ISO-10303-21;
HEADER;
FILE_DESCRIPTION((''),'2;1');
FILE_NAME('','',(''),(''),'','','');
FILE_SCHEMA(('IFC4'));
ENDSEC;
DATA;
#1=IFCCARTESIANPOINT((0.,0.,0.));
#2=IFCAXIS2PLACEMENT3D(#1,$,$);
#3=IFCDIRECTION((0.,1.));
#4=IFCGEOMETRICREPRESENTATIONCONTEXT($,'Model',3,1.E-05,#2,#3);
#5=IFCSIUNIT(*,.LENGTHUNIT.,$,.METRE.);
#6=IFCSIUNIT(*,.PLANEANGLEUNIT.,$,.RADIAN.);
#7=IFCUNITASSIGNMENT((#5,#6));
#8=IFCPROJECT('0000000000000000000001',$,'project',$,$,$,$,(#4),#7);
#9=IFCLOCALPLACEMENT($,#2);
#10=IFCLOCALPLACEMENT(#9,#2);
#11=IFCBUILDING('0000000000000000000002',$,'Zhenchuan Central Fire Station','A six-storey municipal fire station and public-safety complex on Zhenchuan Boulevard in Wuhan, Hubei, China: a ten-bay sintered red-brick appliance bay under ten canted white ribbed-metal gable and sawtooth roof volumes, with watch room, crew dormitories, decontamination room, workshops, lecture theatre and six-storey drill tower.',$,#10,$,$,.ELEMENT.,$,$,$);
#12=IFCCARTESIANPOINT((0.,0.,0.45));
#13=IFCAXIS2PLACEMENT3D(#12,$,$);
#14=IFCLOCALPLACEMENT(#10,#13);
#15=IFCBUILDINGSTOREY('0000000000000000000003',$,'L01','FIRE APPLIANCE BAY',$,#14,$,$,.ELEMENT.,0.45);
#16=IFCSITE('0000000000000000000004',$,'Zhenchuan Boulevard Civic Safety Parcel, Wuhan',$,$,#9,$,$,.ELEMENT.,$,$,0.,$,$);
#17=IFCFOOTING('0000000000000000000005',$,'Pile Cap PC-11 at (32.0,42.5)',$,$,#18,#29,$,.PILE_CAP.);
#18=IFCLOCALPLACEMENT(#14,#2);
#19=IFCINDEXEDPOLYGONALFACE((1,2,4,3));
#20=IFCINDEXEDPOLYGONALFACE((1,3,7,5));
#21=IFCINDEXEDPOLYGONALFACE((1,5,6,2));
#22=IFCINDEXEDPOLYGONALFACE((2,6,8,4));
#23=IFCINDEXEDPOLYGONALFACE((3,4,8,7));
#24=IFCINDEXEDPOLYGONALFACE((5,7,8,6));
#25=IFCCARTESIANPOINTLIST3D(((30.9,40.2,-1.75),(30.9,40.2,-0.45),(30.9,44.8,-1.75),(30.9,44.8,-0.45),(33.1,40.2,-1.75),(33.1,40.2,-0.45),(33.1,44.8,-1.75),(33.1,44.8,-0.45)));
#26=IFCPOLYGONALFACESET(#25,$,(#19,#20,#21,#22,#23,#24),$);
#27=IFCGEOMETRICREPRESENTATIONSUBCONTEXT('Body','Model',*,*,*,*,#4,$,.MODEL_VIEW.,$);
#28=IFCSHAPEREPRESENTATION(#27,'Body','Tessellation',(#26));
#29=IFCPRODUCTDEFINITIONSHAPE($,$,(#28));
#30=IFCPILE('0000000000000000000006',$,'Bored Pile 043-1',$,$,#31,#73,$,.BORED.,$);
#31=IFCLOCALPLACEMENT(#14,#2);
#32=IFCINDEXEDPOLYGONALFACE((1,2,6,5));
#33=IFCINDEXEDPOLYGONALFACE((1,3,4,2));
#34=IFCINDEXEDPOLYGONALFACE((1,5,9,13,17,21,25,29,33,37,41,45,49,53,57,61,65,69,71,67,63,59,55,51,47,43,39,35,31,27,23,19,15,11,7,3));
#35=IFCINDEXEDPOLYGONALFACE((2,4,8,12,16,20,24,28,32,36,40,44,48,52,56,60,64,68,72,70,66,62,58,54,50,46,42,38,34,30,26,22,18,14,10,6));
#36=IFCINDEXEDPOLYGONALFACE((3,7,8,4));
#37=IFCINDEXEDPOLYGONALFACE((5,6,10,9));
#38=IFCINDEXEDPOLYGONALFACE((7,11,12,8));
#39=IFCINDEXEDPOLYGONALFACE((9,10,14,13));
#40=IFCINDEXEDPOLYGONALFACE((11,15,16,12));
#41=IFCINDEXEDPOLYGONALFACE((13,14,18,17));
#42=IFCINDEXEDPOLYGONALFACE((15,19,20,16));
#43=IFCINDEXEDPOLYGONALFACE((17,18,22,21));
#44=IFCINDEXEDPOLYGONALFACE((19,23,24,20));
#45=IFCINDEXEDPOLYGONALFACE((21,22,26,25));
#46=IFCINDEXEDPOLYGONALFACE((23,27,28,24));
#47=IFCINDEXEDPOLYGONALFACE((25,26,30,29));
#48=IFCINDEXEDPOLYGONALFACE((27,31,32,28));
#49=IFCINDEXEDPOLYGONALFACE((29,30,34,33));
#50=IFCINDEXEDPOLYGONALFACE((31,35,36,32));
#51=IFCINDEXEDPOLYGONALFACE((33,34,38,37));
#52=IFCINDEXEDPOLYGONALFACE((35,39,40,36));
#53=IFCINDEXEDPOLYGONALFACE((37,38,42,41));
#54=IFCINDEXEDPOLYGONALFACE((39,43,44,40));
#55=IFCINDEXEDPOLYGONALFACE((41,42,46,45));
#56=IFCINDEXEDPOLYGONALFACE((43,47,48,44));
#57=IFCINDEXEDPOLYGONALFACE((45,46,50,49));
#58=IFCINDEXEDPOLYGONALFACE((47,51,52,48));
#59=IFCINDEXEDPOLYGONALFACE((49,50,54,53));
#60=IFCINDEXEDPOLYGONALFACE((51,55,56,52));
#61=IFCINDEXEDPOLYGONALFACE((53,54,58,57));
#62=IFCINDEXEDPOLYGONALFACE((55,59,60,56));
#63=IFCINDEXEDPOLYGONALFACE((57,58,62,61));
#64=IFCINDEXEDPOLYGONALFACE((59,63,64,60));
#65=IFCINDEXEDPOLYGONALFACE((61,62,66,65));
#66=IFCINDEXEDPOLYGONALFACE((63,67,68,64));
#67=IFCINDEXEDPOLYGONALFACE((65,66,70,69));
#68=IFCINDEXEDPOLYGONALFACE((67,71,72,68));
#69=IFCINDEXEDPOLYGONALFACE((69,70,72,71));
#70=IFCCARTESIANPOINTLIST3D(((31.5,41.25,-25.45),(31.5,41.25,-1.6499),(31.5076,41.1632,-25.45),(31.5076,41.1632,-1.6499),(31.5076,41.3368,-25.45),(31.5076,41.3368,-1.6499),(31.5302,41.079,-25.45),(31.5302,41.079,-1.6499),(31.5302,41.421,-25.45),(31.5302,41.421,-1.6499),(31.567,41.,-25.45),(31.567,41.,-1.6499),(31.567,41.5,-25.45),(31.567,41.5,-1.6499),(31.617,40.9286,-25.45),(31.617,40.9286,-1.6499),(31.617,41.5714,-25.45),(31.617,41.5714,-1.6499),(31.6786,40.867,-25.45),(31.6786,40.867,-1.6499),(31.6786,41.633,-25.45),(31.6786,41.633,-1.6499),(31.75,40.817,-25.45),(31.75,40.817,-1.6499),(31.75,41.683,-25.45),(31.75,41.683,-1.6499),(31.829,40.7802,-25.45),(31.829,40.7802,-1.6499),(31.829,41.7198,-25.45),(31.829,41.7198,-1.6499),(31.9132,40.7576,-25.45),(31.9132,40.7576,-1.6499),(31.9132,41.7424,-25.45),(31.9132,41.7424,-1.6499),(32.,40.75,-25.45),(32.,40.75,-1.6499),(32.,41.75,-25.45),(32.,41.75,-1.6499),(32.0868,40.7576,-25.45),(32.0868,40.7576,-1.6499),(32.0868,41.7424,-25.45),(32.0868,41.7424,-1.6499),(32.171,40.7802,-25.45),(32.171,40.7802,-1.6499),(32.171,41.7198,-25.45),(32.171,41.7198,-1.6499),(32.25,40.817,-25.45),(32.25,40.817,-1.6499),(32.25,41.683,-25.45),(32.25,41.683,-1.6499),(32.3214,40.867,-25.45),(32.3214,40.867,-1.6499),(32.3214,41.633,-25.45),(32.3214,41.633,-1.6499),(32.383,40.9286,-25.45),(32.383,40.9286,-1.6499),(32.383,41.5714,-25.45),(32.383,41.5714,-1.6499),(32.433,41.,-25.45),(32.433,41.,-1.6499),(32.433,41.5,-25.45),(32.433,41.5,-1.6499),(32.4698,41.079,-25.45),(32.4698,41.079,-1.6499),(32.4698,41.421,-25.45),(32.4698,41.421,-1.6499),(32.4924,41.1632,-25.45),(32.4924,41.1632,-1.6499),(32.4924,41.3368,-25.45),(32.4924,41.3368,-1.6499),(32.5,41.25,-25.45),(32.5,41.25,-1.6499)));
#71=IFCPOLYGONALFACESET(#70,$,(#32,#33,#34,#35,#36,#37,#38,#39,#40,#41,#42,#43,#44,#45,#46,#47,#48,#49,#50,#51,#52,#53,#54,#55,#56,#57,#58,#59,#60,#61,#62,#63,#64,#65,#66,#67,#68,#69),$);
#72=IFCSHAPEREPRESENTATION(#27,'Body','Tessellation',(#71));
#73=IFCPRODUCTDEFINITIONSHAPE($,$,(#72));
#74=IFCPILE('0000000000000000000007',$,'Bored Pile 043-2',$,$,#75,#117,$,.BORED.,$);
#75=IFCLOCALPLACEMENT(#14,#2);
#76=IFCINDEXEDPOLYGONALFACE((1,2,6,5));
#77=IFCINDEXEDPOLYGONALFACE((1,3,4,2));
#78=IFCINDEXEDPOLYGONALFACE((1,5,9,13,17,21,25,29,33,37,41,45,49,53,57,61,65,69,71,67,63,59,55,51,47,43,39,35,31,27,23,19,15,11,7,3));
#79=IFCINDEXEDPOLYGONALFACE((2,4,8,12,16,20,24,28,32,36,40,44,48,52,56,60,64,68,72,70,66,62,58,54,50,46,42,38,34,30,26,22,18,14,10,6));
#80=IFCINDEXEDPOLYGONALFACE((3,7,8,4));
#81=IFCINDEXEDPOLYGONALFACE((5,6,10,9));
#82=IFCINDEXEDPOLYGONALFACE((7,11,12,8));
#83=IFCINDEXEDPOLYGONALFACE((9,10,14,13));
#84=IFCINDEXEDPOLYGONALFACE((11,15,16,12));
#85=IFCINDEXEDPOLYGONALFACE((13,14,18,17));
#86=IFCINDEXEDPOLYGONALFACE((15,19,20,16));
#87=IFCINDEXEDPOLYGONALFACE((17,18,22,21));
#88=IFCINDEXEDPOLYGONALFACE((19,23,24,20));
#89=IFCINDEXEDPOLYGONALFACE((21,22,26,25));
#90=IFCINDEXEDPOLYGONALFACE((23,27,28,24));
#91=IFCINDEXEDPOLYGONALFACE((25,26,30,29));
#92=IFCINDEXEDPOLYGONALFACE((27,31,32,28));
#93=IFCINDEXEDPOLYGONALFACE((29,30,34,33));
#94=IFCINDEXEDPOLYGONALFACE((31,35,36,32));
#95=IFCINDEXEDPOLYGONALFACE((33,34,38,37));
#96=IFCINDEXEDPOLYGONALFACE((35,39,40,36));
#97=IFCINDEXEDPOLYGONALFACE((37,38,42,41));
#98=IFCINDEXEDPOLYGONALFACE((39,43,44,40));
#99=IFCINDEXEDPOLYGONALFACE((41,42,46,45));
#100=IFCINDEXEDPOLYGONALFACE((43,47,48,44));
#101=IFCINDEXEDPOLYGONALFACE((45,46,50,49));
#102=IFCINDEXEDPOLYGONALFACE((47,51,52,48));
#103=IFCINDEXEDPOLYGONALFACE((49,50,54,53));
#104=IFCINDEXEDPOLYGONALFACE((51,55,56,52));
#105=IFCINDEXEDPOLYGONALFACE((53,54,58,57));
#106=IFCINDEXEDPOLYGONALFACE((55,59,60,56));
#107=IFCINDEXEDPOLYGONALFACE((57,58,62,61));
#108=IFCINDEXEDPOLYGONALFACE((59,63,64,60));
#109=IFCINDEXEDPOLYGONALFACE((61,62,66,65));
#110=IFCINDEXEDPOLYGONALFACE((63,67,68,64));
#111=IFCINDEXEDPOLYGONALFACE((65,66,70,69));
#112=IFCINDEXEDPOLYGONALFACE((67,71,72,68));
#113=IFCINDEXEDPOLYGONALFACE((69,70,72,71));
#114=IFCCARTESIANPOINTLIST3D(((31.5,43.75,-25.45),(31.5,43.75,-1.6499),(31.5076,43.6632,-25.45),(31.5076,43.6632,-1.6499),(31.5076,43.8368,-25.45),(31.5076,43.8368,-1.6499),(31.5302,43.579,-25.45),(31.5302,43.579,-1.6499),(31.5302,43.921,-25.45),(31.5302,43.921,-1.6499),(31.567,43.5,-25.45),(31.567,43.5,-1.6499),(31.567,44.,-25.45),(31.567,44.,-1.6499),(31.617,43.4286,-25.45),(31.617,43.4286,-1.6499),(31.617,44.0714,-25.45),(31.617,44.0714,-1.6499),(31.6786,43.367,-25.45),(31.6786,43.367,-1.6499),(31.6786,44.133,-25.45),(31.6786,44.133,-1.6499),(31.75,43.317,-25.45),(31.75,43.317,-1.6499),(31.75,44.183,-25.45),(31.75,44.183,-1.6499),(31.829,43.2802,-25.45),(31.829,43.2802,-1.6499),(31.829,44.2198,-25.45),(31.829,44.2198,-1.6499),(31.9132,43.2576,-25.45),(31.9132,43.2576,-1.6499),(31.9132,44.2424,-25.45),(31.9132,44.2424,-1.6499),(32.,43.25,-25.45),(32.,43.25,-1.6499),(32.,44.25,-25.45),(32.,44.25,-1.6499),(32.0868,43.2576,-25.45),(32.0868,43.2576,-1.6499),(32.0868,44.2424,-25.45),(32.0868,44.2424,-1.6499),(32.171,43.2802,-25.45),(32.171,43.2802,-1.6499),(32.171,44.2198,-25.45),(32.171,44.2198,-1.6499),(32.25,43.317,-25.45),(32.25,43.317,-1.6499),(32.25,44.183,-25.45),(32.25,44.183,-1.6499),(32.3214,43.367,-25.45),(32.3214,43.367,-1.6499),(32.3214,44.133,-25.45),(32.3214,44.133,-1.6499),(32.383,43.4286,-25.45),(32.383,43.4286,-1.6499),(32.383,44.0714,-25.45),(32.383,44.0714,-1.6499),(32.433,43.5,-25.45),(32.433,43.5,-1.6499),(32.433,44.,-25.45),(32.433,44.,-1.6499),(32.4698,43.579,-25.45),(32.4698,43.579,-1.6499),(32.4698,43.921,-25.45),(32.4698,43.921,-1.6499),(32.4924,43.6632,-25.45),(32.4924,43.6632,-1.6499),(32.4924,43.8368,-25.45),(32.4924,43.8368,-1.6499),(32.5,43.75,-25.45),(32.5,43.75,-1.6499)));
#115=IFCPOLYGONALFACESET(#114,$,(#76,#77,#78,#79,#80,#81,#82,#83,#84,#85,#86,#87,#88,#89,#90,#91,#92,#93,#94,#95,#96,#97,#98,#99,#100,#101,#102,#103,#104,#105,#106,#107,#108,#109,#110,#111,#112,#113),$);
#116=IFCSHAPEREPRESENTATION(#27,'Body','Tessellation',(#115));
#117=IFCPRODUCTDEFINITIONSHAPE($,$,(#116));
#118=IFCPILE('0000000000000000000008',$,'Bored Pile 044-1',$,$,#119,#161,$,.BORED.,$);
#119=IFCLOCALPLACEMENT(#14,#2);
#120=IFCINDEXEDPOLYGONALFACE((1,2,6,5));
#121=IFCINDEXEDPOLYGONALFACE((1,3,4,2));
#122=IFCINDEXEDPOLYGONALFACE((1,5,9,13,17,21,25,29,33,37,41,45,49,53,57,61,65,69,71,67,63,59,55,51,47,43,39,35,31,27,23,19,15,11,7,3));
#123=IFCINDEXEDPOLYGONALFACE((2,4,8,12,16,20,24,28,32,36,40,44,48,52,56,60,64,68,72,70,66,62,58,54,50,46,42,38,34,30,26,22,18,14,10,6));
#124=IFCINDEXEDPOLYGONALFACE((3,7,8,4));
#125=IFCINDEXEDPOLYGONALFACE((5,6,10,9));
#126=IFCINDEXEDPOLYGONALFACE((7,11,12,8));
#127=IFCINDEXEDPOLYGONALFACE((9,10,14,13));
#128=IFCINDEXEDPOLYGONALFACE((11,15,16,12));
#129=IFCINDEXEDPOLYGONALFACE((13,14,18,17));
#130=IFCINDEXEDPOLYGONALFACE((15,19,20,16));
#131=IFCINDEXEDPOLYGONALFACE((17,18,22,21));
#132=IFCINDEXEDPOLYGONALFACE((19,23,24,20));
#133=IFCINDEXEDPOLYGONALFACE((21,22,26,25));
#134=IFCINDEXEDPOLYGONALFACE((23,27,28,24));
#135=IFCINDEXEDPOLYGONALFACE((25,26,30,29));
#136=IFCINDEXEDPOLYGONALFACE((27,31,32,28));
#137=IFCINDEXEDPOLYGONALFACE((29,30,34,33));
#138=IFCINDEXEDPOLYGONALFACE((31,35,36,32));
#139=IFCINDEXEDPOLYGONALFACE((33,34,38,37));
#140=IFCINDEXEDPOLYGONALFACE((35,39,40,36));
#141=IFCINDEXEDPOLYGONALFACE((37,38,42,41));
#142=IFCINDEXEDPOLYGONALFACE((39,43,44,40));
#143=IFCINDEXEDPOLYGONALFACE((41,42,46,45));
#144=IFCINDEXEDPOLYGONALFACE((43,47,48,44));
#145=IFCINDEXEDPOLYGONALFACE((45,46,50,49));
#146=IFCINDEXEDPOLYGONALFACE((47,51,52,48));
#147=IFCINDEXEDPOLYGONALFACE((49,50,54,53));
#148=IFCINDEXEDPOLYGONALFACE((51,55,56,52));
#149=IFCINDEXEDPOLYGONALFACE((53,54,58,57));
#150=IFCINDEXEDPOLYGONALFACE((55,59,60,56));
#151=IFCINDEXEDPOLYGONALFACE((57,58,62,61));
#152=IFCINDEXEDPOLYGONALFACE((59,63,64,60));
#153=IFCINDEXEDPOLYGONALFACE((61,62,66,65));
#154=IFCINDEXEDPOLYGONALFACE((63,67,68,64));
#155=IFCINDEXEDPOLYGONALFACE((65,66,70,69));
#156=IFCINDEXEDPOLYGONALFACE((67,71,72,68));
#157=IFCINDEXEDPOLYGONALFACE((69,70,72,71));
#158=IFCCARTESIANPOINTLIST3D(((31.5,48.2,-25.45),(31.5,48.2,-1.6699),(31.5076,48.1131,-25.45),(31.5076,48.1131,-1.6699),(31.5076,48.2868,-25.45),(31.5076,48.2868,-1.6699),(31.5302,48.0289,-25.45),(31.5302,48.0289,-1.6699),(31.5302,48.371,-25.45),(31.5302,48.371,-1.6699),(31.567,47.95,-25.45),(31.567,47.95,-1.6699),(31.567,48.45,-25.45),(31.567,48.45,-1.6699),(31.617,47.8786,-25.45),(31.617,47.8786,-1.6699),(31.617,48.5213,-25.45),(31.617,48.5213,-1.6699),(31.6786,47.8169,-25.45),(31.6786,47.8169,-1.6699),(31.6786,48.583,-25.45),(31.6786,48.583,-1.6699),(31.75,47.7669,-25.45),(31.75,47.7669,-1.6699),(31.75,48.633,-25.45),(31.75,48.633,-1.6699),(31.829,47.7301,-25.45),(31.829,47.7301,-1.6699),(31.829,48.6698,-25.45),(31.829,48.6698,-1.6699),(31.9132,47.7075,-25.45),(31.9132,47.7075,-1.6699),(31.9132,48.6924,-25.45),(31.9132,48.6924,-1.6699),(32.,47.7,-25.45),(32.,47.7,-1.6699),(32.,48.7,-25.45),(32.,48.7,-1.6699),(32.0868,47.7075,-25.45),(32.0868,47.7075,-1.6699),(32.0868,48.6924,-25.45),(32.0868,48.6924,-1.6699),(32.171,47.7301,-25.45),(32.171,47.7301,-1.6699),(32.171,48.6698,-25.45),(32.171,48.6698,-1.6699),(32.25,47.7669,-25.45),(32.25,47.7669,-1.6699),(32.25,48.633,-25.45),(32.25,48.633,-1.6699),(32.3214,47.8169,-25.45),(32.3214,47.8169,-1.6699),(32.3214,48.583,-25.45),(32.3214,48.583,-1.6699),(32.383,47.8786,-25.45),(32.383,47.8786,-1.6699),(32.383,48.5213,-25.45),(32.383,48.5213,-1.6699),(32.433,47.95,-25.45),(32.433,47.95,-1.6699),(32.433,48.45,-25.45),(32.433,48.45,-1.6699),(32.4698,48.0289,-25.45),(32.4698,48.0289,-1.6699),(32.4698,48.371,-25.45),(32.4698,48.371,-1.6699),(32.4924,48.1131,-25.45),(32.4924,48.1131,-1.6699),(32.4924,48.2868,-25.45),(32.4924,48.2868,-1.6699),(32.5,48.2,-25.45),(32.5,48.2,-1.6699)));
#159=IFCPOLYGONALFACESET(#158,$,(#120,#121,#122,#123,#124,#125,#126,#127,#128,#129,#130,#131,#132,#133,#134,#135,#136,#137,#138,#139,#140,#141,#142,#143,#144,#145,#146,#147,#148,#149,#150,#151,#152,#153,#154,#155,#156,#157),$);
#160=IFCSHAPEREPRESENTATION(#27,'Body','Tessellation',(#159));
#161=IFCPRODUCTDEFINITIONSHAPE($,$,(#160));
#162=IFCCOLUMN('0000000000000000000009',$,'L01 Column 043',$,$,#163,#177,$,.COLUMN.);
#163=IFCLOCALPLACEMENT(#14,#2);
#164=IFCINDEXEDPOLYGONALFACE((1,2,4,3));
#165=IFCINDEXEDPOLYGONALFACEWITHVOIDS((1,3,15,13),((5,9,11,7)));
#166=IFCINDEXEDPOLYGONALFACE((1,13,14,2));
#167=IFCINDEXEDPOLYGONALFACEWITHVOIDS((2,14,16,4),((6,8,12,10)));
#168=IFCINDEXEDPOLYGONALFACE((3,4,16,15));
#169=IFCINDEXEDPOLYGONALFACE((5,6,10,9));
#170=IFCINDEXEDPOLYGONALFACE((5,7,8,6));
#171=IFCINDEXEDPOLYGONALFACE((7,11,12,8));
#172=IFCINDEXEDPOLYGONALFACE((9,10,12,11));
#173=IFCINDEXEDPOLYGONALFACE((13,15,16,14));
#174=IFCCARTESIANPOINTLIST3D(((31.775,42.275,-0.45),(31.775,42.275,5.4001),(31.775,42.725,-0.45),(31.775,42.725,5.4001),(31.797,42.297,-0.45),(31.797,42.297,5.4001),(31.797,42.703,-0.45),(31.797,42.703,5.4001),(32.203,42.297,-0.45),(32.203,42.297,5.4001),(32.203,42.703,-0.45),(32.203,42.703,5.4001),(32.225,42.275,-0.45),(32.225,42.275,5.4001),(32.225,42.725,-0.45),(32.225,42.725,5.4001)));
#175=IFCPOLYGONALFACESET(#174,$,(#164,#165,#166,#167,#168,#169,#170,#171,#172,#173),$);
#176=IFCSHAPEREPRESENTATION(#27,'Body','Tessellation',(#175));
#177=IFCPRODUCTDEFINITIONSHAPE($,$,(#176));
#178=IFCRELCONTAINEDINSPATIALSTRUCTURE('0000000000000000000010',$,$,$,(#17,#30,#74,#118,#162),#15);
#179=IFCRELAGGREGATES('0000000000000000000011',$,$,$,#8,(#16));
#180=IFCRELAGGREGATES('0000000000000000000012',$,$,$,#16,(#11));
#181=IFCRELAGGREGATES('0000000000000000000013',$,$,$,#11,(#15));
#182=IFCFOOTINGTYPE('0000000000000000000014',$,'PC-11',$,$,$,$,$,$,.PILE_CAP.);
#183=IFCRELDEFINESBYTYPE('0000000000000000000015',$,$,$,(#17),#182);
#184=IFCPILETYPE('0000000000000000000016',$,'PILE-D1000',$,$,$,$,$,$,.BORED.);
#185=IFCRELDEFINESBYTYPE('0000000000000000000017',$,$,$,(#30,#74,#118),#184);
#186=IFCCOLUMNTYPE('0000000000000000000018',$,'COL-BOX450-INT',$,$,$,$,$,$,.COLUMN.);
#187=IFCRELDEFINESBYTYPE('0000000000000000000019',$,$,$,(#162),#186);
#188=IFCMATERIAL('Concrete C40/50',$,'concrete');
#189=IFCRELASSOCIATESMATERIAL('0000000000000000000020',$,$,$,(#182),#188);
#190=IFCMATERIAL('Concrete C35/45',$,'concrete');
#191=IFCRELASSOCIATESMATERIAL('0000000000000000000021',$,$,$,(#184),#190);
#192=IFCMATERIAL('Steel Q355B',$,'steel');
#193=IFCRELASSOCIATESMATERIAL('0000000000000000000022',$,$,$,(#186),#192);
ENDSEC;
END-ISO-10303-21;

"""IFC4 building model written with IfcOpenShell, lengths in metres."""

from ifc_helpers import new_model, si_unit, direction, frame, origin, origin_2d, place, context, subcontext, project, spatial, rectangle, hollow_rectangle, circle, extrude, material, material_profile, profile_set, type_object, element, save


model = new_model("IFC4")

# Units and contexts
model_context = context("Model", 3, precision=1e-05, world=origin(), true_north=direction((0.0, 1.0)))
body_context = subcontext(model_context, "Body", "Model", "MODEL_VIEW")
ifc_project = project(units=[si_unit("LENGTHUNIT", "METRE"), si_unit("PLANEANGLEUNIT", "RADIAN")], contexts=[model_context])

# Site, building, storey
site_placement = place(None, origin())
site = spatial("IfcSite", under=ifc_project, at=site_placement, Name="Zhenchuan Boulevard Civic Safety Parcel, Wuhan", CompositionType="ELEMENT", RefElevation=0.0)
building_placement = place(site_placement, origin())
building = spatial("IfcBuilding", under=site, at=building_placement, Name="Zhenchuan Central Fire Station", Description="A six-storey municipal fire station and public-safety complex on Zhenchuan Boulevard in Wuhan, Hubei, China: a ten-bay sintered red-brick appliance bay under ten canted white ribbed-metal gable and sawtooth roof volumes, with watch room, crew dormitories, decontamination room, workshops, lecture theatre and six-storey drill tower.", CompositionType="ELEMENT")
storey_placement = place(building_placement, frame((0.0, 0.0, 0.45)))
storey = spatial("IfcBuildingStorey", under=building, at=storey_placement, Name="L01", Description="FIRE APPLIANCE BAY", CompositionType="ELEMENT", Elevation=0.45)

# Footing
ifc_material_1 = material(Name="Concrete C40/50", Category="concrete")
footing_type = type_object("IfcFootingType", Name="PC-11", PredefinedType="PILE_CAP", material=ifc_material_1)
footing_placement = place(storey_placement, frame((32.0, 42.5, -1.75), z_axis=(0.0, 0.0, 1.0), x_axis=(1.0, 0.0, 0.0)))
element("IfcFooting", 1, at=footing_placement, inside=storey, type_object=footing_type, Name="Pile Cap PC-11 at (32.0,42.5)", PredefinedType="PILE_CAP", context=body_context, shape_type="SweptSolid", body=[
    extrude(rectangle(XDim=2.2, YDim=4.6001, at=origin_2d()), origin(), (0.0, 0.0, 1.0), 1.3),
])

# Piles
ifc_material_2 = material(Name="Concrete C35/45", Category="concrete")
ifc_material_profile_1 = material_profile(ifc_material_2, circle(Radius=0.5, at=origin_2d()), Name="PILE D1000")
ifc_profile_set_1 = profile_set([ifc_material_profile_1], Name="Concrete C35/45")
pile_type = type_object("IfcPileType", Name="PILE-D1000", PredefinedType="BORED", material=ifc_profile_set_1)
for number, where, z_axis, x_axis, name in (
    (2, (32.0, 41.25, -1.6499), (0.0, 0.0, -1.0), (1.0, 0.0, 0.0), "Bored Pile 043-1"),
    (3, (32.0, 43.75, -1.6499), (0.0, 0.0, -1.0), (1.0, 0.0, 0.0), "Bored Pile 043-2"),
):
    element("IfcPile", number, at=place(storey_placement, frame(where, z_axis=z_axis, x_axis=x_axis)), inside=storey, type_object=pile_type, Name=name, PredefinedType="BORED", context=body_context, shape_type="SweptSolid", body=[
        extrude(circle(Radius=0.5, at=origin_2d()), origin(), (0.0, 0.0, 1.0), 23.8),
    ])
pile_placement = place(storey_placement, frame((32.0, 48.2, -1.6699), z_axis=(0.0, 0.0, -1.0), x_axis=(1.0, 0.0, 0.0)))
element("IfcPile", 4, at=pile_placement, inside=storey, type_object=pile_type, Name="Bored Pile 044-1", PredefinedType="BORED", context=body_context, shape_type="SweptSolid", body=[
    extrude(circle(Radius=0.5, at=origin_2d()), origin(), (0.0, 0.0, 1.0), 23.78),
])

# Column
ifc_material_3 = material(Name="Steel Q355B", Category="steel")
ifc_material_profile_2 = material_profile(ifc_material_3, hollow_rectangle(XDim=0.45, YDim=0.45, WallThickness=0.022, at=origin_2d()), Name="BOX 450x450x22")
ifc_profile_set_2 = profile_set([ifc_material_profile_2], Name="Steel Q355B")
column_type = type_object("IfcColumnType", Name="COL-BOX450-INT", PredefinedType="COLUMN", material=ifc_profile_set_2)
column_placement = place(storey_placement, frame((32.0, 42.5, -0.45), z_axis=(0.0, 0.0, 1.0), x_axis=(1.0, 0.0, 0.0)))
element("IfcColumn", 5, at=column_placement, inside=storey, type_object=column_type, Name="L01 Column 043", PredefinedType="COLUMN", context=body_context, shape_type="SweptSolid", body=[
    extrude(hollow_rectangle(XDim=0.45, YDim=0.45, WallThickness=0.022, at=origin_2d()), origin(), (0.0, 0.0, 1.0), 5.8501),
])

save(model, "model.ifc")
